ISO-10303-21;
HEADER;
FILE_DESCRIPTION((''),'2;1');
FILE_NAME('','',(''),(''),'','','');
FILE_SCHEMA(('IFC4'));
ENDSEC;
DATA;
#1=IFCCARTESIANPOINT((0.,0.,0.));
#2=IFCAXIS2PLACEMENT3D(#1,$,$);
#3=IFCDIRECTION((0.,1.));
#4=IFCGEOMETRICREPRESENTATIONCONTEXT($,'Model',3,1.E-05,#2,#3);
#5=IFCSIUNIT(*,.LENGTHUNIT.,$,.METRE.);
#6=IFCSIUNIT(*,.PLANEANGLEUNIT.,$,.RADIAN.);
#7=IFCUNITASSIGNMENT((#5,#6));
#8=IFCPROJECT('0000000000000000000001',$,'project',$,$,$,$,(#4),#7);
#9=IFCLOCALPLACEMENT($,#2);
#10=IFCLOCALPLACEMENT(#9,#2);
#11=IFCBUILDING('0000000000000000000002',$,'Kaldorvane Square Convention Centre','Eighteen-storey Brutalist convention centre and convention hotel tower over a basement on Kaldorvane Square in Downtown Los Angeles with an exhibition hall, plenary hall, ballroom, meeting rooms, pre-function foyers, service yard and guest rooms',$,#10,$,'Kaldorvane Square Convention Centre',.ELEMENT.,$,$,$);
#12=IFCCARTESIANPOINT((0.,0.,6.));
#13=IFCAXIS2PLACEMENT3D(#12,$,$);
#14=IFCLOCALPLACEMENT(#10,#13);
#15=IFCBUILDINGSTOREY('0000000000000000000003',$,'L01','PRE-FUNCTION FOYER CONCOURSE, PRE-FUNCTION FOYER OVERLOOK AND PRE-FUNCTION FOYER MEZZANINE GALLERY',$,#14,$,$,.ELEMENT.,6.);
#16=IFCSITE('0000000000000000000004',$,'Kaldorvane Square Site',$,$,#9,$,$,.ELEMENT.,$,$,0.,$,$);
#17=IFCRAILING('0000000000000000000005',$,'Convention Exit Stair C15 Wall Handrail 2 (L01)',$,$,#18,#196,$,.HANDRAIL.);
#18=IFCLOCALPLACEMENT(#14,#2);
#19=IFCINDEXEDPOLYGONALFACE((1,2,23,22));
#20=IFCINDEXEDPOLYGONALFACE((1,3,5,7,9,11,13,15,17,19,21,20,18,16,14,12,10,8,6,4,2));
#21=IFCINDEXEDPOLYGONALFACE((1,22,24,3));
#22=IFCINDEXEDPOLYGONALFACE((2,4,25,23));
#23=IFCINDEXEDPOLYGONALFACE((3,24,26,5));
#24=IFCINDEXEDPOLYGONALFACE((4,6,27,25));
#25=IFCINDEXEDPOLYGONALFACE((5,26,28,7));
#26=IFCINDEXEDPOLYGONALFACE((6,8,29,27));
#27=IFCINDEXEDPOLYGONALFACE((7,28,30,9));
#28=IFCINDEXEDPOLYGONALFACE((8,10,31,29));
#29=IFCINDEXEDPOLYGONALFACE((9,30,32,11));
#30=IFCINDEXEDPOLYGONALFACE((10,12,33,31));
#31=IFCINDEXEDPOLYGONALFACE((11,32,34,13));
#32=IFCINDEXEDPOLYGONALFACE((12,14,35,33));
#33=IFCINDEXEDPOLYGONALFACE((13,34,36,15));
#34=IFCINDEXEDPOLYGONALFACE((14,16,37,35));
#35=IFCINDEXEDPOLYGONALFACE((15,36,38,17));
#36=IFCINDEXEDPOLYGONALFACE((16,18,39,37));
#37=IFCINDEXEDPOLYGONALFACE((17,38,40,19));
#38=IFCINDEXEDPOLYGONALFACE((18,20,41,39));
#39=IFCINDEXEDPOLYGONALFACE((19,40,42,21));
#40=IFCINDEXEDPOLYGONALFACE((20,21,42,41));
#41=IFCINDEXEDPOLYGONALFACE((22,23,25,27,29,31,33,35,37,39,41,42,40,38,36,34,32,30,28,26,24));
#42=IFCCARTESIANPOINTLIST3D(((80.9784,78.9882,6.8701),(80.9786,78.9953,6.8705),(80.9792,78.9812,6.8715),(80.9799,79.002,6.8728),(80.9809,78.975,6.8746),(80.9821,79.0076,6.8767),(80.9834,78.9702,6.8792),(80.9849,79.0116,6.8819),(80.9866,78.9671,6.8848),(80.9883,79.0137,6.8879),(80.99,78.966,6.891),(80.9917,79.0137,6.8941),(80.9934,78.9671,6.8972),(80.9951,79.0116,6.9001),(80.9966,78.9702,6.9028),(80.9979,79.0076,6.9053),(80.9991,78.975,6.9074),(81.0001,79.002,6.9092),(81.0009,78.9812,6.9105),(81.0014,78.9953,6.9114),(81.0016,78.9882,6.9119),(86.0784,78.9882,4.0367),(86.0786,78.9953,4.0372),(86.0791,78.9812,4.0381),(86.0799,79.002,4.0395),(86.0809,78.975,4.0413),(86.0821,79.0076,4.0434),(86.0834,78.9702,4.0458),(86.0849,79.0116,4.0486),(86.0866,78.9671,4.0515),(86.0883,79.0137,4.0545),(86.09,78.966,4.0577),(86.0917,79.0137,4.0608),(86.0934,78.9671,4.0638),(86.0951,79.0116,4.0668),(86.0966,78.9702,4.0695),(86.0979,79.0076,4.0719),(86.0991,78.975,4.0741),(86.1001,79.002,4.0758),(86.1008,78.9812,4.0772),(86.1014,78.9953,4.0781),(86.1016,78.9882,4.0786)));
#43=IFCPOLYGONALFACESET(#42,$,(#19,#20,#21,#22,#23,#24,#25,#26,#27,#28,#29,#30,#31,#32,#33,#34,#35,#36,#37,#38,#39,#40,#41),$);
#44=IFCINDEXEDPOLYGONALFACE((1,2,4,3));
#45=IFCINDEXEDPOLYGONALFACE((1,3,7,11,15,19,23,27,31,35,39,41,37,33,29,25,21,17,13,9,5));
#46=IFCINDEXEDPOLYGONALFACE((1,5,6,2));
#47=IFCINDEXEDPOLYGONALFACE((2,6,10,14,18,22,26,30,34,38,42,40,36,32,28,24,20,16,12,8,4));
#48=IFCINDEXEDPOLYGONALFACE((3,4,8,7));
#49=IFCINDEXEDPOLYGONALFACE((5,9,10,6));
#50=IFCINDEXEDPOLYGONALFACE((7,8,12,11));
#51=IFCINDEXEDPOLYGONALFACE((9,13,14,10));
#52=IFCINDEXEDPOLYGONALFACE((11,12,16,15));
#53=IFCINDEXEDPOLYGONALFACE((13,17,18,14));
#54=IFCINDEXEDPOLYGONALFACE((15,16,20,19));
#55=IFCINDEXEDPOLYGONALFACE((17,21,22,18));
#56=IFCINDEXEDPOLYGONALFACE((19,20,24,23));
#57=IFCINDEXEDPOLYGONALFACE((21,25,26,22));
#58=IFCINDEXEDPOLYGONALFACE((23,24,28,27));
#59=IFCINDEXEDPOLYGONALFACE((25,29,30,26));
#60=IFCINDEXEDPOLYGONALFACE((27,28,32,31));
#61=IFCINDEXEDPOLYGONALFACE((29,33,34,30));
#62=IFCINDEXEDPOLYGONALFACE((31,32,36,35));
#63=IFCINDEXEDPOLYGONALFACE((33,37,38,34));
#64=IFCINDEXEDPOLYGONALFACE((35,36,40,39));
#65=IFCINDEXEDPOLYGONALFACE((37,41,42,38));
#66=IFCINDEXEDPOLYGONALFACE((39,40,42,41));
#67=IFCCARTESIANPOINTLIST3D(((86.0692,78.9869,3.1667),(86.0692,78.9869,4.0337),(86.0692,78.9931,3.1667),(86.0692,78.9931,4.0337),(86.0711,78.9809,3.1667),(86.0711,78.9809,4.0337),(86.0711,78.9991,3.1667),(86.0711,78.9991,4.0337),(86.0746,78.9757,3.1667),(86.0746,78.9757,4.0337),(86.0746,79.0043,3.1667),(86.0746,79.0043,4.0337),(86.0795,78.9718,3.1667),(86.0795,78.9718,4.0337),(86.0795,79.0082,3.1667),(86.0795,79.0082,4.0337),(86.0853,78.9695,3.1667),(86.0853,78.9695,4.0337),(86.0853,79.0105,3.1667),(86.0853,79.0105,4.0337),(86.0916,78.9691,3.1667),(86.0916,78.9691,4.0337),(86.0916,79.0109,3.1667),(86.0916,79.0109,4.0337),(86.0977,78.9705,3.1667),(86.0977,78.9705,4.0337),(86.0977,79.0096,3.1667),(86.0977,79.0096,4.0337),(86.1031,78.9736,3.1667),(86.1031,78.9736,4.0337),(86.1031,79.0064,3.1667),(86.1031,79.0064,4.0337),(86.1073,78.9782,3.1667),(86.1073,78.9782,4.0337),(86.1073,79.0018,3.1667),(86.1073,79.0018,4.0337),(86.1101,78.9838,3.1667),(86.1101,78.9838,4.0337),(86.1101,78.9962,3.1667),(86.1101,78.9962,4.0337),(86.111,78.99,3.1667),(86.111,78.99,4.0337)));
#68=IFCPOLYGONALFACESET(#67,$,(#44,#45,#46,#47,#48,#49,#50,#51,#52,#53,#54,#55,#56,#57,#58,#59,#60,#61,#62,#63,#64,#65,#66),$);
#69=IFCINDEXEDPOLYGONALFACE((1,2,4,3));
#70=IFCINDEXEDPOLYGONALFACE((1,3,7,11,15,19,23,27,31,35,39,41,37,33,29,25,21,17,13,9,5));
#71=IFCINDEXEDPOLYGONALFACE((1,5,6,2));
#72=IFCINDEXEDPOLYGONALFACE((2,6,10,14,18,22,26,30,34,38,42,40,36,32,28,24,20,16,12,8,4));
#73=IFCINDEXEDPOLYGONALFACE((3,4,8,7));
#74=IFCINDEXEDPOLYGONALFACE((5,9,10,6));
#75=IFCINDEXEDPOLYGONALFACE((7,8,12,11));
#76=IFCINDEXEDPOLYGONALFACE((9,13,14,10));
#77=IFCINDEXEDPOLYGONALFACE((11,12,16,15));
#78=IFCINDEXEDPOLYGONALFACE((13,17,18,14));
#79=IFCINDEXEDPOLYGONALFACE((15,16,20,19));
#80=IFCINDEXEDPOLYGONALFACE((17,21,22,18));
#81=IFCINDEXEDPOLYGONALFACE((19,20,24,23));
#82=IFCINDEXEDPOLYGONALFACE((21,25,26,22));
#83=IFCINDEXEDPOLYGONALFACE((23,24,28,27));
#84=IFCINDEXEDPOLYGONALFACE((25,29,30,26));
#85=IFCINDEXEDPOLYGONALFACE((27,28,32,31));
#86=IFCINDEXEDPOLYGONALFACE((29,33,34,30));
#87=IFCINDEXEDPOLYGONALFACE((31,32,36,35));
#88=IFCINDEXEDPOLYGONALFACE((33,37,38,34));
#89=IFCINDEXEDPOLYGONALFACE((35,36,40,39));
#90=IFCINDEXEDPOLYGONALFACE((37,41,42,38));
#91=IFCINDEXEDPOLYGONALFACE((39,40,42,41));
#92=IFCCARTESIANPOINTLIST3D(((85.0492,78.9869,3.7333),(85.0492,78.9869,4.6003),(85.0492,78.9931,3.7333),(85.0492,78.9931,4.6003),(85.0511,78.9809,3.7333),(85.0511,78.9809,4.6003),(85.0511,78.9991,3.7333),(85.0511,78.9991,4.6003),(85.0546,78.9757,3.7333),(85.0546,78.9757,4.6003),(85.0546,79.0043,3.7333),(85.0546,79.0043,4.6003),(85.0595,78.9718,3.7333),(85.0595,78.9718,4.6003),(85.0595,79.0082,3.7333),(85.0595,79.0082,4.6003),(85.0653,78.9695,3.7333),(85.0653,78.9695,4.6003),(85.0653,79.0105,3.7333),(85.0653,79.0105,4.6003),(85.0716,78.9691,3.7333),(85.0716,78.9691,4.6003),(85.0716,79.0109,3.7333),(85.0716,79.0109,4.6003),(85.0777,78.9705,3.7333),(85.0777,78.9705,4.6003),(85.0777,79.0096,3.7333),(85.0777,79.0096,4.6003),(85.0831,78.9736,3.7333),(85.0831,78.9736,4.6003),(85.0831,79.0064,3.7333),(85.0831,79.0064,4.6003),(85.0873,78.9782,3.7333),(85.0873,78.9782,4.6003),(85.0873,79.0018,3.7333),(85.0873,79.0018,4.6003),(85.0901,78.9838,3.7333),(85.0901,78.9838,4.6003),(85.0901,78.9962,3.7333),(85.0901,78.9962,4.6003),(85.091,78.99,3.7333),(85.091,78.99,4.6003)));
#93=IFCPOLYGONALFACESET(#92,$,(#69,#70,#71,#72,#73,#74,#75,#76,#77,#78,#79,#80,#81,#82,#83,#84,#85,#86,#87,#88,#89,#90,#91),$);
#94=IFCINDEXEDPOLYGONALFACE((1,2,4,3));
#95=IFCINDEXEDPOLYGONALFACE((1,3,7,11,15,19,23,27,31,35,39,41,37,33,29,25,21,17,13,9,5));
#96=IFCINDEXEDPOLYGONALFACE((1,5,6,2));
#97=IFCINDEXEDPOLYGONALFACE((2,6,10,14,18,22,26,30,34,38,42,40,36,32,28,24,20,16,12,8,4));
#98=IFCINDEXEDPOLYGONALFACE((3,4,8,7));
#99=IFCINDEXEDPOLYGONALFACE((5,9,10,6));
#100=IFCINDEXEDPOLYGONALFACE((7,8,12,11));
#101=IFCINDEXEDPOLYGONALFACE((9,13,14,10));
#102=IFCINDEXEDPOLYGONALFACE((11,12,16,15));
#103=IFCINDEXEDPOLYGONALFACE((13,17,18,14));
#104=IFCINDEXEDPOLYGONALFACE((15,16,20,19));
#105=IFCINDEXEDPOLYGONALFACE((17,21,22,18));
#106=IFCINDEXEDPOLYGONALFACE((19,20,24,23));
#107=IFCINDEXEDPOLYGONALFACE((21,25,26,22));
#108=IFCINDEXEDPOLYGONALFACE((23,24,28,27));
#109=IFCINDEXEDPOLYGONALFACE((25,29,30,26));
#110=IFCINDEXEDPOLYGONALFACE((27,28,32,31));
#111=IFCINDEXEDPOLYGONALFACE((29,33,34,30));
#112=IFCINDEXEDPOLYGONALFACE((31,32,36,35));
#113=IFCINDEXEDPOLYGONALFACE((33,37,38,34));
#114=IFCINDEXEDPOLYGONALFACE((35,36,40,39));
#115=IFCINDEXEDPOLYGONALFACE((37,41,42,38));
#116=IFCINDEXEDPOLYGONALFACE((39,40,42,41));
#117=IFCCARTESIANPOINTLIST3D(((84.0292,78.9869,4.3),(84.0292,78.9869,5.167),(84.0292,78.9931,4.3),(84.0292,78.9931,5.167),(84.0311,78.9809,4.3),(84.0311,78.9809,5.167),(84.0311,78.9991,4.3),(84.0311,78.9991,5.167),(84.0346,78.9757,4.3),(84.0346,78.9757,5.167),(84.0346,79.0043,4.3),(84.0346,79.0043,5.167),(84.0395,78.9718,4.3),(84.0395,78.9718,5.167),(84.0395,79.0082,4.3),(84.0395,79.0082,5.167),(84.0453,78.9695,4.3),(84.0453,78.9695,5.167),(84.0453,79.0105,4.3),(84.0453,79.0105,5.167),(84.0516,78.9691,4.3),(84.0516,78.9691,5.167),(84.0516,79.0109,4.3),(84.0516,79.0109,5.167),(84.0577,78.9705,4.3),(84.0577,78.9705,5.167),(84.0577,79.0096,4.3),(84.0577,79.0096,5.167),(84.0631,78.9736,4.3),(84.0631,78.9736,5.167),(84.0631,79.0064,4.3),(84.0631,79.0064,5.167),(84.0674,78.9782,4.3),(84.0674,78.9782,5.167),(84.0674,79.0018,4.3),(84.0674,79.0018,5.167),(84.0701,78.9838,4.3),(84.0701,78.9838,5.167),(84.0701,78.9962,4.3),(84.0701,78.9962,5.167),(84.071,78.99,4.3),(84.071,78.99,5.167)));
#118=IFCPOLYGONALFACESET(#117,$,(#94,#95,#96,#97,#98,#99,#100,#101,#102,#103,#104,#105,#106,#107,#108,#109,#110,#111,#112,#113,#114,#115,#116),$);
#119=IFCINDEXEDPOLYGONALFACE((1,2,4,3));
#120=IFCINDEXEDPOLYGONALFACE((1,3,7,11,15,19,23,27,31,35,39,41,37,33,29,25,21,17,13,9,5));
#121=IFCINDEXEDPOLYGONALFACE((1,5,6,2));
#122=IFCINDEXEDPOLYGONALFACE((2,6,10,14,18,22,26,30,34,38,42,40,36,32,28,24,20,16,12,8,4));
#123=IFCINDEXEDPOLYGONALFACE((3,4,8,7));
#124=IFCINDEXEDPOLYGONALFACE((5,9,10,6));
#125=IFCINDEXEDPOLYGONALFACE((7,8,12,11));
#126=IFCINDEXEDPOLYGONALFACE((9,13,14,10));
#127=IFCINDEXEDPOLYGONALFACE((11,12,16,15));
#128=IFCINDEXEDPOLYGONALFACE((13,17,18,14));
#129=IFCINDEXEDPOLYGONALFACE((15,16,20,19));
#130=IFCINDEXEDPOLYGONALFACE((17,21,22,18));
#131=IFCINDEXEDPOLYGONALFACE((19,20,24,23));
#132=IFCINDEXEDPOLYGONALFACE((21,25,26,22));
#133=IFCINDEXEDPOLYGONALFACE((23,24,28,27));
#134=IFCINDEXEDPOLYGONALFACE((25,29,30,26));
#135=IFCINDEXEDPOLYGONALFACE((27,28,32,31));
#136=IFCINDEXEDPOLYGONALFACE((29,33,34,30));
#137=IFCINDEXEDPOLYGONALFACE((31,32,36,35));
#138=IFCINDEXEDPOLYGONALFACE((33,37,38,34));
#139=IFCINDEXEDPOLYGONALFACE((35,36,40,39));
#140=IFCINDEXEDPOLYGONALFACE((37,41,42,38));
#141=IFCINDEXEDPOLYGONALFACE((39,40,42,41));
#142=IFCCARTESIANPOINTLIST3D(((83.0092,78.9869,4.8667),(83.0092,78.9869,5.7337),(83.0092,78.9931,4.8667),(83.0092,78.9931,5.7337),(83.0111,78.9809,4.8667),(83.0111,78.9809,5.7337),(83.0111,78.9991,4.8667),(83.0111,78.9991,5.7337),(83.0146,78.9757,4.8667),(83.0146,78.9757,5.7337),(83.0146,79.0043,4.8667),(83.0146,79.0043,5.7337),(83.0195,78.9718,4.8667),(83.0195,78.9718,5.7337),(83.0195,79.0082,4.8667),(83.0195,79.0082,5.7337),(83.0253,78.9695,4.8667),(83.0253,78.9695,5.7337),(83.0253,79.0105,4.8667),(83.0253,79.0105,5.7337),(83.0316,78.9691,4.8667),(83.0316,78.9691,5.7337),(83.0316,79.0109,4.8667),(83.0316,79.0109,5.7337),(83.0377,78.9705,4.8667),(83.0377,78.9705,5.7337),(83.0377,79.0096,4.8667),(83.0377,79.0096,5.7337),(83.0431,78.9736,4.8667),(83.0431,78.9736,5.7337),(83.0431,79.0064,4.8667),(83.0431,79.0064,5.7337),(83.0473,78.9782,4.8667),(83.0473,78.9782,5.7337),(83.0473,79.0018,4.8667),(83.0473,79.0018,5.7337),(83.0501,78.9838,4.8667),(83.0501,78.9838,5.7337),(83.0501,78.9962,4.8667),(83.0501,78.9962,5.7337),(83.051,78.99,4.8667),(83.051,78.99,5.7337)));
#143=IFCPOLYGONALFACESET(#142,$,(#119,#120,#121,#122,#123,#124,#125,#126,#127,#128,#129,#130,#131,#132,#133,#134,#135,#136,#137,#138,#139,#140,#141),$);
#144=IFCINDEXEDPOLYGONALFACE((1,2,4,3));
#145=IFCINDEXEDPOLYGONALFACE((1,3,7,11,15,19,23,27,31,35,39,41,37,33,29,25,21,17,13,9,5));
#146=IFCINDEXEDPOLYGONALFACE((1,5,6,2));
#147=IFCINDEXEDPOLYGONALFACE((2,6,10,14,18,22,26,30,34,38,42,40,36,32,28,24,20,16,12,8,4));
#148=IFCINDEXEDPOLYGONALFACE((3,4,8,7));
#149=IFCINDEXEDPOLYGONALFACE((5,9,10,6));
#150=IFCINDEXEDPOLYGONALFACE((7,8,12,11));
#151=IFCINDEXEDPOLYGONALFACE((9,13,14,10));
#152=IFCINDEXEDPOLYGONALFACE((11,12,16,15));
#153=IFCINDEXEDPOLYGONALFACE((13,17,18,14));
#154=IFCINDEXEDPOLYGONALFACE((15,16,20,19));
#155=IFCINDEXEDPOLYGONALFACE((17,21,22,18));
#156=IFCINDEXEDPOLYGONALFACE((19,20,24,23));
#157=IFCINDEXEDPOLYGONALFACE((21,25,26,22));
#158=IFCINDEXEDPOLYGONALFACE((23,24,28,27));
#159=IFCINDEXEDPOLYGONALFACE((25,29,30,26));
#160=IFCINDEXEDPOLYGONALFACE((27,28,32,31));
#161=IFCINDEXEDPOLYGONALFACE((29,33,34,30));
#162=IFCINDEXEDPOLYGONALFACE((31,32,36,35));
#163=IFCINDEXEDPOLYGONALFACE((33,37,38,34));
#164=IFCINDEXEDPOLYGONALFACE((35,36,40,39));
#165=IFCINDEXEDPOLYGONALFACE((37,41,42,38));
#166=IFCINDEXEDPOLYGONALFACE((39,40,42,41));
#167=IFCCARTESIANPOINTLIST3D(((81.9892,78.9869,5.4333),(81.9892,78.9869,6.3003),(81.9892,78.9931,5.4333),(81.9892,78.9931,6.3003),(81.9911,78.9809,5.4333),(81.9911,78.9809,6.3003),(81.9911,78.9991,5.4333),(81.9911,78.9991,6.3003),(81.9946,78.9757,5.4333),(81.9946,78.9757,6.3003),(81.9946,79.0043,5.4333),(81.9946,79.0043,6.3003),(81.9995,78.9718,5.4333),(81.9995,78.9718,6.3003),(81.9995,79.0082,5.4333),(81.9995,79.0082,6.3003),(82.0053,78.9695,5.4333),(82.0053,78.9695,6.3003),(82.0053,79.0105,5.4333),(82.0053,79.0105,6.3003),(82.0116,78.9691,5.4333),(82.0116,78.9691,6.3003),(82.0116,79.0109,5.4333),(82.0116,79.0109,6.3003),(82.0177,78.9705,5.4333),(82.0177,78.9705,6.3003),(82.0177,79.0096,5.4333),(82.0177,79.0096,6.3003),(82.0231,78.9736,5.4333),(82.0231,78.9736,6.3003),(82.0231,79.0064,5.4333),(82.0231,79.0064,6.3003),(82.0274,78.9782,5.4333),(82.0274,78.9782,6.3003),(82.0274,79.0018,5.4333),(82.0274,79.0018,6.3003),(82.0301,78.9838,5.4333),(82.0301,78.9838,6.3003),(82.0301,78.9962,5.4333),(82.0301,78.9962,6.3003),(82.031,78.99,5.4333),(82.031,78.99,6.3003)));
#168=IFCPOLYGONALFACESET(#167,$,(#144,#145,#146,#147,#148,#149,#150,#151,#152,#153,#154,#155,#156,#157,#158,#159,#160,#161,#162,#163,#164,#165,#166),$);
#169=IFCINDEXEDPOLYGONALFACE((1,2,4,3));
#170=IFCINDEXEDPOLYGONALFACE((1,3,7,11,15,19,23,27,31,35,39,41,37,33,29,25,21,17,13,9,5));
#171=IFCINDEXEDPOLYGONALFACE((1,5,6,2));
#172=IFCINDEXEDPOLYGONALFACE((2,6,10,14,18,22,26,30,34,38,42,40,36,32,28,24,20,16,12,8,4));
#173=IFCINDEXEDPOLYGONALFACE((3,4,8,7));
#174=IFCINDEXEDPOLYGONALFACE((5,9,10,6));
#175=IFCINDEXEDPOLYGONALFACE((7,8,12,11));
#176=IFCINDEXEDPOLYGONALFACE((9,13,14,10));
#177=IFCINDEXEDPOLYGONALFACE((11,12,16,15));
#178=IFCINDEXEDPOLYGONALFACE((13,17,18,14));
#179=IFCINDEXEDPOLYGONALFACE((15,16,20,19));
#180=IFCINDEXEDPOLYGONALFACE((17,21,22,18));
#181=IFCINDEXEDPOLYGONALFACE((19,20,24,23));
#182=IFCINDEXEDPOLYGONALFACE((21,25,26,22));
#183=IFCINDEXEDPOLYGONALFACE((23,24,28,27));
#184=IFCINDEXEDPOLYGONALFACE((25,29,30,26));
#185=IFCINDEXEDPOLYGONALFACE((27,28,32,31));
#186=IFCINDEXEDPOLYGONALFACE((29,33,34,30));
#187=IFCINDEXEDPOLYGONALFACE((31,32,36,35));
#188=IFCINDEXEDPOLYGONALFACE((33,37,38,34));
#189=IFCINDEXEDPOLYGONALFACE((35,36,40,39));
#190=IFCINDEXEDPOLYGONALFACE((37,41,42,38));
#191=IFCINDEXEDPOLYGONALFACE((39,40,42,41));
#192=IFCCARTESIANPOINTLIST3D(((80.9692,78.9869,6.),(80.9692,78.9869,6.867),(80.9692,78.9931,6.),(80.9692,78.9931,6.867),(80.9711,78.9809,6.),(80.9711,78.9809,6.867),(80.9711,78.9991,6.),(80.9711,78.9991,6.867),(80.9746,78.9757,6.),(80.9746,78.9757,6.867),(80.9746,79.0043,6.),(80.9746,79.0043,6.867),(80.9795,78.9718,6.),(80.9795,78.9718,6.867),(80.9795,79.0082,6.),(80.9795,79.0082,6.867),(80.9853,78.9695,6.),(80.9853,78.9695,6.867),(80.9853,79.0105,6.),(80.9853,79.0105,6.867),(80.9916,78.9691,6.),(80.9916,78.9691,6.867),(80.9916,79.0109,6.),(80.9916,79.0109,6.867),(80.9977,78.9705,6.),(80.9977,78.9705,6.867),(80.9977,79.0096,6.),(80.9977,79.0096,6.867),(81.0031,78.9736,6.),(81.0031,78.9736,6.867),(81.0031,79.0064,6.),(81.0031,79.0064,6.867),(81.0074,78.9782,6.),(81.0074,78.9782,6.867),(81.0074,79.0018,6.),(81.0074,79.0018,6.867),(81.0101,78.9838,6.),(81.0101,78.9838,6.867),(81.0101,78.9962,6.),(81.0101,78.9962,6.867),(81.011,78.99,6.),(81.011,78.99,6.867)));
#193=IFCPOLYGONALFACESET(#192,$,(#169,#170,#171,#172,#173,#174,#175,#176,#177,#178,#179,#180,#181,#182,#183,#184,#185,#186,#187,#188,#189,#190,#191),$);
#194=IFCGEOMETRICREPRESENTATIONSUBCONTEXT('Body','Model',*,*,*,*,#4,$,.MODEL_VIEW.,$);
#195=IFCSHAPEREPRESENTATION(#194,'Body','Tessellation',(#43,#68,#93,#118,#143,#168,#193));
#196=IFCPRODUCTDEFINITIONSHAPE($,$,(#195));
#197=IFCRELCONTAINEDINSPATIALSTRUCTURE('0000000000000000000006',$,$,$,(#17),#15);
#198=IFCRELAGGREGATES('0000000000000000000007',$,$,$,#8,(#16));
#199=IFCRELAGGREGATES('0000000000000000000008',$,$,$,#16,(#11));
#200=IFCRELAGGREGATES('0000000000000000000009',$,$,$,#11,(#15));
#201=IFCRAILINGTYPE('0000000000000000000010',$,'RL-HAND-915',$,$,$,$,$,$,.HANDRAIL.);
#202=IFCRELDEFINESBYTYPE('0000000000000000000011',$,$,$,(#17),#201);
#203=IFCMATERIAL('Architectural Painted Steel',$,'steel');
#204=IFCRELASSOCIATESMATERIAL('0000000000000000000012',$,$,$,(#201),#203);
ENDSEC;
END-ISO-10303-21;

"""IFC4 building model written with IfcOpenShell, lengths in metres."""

from ifc_helpers import new_model, si_unit, direction, frame, origin, origin_2d, place, context, subcontext, project, spatial, circle, extrude, material, type_object, element, save


model = new_model("IFC4")

# Units and contexts
model_context = context("Model", 3, precision=1e-05, world=origin(), true_north=direction((0.0, 1.0)))
body_context = subcontext(model_context, "Body", "Model", "MODEL_VIEW")
ifc_project = project(units=[si_unit("LENGTHUNIT", "METRE"), si_unit("PLANEANGLEUNIT", "RADIAN")], contexts=[model_context])

# Site, building, storey
site_placement = place(None, origin())
site = spatial("IfcSite", under=ifc_project, at=site_placement, Name="Kaldorvane Square Site", CompositionType="ELEMENT", RefElevation=0.0)
building_placement = place(site_placement, origin())
building = spatial("IfcBuilding", under=site, at=building_placement, Name="Kaldorvane Square Convention Centre", Description="Eighteen-storey Brutalist convention centre and convention hotel tower over a basement on Kaldorvane Square in Downtown Los Angeles with an exhibition hall, plenary hall, ballroom, meeting rooms, pre-function foyers, service yard and guest rooms", LongName="Kaldorvane Square Convention Centre", CompositionType="ELEMENT")
storey_placement = place(building_placement, frame((0.0, 0.0, 6.0)))
storey = spatial("IfcBuildingStorey", under=building, at=storey_placement, Name="L01", Description="PRE-FUNCTION FOYER CONCOURSE, PRE-FUNCTION FOYER OVERLOOK AND PRE-FUNCTION FOYER MEZZANINE GALLERY", CompositionType="ELEMENT", Elevation=6.0)

# Railing
ifc_material_1 = material(Name="Architectural Painted Steel", Category="steel")
railing_type_1 = type_object("IfcRailingType", Name="RL-HAND-915", PredefinedType="HANDRAIL", material=ifc_material_1)
railing_1_placement = place(storey_placement, frame((86.09, 78.99, 3.1667)))
element("IfcRailing", 1, at=railing_1_placement, inside=storey, type_object=railing_type_1, Name="Convention Exit Stair C15 Wall Handrail 2 (L01)", PredefinedType="HANDRAIL", context=body_context, shape_type="SweptSolid", body=[
    extrude(circle(Radius=0.024, at=origin_2d()), frame((0.0, 0.0, 0.891), z_axis=(-0.874157, 0.0, 0.485643), x_axis=(0.0, -1.0, 0.0)), (0.0, 0.0, 1.0), 5.8342),
    extrude(circle(Radius=0.021, at=origin_2d()), origin(), (0.0, 0.0, 1.0), 0.867),
    extrude(circle(Radius=0.021, at=origin_2d()), frame((-1.02, 0.0, 0.5667)), (0.0, 0.0, 1.0), 0.867),
    extrude(circle(Radius=0.021, at=origin_2d()), frame((-2.04, 0.0, 1.1333)), (0.0, 0.0, 1.0), 0.867),
    extrude(circle(Radius=0.021, at=origin_2d()), frame((-3.06, 0.0, 1.7)), (0.0, 0.0, 1.0), 0.867),
    extrude(circle(Radius=0.021, at=origin_2d()), frame((-4.08, 0.0, 2.2667)), (0.0, 0.0, 1.0), 0.867),
    extrude(circle(Radius=0.021, at=origin_2d()), frame((-5.1, 0.0, 2.8333)), (0.0, 0.0, 1.0), 0.867),
])

save(model, "model.ifc")
